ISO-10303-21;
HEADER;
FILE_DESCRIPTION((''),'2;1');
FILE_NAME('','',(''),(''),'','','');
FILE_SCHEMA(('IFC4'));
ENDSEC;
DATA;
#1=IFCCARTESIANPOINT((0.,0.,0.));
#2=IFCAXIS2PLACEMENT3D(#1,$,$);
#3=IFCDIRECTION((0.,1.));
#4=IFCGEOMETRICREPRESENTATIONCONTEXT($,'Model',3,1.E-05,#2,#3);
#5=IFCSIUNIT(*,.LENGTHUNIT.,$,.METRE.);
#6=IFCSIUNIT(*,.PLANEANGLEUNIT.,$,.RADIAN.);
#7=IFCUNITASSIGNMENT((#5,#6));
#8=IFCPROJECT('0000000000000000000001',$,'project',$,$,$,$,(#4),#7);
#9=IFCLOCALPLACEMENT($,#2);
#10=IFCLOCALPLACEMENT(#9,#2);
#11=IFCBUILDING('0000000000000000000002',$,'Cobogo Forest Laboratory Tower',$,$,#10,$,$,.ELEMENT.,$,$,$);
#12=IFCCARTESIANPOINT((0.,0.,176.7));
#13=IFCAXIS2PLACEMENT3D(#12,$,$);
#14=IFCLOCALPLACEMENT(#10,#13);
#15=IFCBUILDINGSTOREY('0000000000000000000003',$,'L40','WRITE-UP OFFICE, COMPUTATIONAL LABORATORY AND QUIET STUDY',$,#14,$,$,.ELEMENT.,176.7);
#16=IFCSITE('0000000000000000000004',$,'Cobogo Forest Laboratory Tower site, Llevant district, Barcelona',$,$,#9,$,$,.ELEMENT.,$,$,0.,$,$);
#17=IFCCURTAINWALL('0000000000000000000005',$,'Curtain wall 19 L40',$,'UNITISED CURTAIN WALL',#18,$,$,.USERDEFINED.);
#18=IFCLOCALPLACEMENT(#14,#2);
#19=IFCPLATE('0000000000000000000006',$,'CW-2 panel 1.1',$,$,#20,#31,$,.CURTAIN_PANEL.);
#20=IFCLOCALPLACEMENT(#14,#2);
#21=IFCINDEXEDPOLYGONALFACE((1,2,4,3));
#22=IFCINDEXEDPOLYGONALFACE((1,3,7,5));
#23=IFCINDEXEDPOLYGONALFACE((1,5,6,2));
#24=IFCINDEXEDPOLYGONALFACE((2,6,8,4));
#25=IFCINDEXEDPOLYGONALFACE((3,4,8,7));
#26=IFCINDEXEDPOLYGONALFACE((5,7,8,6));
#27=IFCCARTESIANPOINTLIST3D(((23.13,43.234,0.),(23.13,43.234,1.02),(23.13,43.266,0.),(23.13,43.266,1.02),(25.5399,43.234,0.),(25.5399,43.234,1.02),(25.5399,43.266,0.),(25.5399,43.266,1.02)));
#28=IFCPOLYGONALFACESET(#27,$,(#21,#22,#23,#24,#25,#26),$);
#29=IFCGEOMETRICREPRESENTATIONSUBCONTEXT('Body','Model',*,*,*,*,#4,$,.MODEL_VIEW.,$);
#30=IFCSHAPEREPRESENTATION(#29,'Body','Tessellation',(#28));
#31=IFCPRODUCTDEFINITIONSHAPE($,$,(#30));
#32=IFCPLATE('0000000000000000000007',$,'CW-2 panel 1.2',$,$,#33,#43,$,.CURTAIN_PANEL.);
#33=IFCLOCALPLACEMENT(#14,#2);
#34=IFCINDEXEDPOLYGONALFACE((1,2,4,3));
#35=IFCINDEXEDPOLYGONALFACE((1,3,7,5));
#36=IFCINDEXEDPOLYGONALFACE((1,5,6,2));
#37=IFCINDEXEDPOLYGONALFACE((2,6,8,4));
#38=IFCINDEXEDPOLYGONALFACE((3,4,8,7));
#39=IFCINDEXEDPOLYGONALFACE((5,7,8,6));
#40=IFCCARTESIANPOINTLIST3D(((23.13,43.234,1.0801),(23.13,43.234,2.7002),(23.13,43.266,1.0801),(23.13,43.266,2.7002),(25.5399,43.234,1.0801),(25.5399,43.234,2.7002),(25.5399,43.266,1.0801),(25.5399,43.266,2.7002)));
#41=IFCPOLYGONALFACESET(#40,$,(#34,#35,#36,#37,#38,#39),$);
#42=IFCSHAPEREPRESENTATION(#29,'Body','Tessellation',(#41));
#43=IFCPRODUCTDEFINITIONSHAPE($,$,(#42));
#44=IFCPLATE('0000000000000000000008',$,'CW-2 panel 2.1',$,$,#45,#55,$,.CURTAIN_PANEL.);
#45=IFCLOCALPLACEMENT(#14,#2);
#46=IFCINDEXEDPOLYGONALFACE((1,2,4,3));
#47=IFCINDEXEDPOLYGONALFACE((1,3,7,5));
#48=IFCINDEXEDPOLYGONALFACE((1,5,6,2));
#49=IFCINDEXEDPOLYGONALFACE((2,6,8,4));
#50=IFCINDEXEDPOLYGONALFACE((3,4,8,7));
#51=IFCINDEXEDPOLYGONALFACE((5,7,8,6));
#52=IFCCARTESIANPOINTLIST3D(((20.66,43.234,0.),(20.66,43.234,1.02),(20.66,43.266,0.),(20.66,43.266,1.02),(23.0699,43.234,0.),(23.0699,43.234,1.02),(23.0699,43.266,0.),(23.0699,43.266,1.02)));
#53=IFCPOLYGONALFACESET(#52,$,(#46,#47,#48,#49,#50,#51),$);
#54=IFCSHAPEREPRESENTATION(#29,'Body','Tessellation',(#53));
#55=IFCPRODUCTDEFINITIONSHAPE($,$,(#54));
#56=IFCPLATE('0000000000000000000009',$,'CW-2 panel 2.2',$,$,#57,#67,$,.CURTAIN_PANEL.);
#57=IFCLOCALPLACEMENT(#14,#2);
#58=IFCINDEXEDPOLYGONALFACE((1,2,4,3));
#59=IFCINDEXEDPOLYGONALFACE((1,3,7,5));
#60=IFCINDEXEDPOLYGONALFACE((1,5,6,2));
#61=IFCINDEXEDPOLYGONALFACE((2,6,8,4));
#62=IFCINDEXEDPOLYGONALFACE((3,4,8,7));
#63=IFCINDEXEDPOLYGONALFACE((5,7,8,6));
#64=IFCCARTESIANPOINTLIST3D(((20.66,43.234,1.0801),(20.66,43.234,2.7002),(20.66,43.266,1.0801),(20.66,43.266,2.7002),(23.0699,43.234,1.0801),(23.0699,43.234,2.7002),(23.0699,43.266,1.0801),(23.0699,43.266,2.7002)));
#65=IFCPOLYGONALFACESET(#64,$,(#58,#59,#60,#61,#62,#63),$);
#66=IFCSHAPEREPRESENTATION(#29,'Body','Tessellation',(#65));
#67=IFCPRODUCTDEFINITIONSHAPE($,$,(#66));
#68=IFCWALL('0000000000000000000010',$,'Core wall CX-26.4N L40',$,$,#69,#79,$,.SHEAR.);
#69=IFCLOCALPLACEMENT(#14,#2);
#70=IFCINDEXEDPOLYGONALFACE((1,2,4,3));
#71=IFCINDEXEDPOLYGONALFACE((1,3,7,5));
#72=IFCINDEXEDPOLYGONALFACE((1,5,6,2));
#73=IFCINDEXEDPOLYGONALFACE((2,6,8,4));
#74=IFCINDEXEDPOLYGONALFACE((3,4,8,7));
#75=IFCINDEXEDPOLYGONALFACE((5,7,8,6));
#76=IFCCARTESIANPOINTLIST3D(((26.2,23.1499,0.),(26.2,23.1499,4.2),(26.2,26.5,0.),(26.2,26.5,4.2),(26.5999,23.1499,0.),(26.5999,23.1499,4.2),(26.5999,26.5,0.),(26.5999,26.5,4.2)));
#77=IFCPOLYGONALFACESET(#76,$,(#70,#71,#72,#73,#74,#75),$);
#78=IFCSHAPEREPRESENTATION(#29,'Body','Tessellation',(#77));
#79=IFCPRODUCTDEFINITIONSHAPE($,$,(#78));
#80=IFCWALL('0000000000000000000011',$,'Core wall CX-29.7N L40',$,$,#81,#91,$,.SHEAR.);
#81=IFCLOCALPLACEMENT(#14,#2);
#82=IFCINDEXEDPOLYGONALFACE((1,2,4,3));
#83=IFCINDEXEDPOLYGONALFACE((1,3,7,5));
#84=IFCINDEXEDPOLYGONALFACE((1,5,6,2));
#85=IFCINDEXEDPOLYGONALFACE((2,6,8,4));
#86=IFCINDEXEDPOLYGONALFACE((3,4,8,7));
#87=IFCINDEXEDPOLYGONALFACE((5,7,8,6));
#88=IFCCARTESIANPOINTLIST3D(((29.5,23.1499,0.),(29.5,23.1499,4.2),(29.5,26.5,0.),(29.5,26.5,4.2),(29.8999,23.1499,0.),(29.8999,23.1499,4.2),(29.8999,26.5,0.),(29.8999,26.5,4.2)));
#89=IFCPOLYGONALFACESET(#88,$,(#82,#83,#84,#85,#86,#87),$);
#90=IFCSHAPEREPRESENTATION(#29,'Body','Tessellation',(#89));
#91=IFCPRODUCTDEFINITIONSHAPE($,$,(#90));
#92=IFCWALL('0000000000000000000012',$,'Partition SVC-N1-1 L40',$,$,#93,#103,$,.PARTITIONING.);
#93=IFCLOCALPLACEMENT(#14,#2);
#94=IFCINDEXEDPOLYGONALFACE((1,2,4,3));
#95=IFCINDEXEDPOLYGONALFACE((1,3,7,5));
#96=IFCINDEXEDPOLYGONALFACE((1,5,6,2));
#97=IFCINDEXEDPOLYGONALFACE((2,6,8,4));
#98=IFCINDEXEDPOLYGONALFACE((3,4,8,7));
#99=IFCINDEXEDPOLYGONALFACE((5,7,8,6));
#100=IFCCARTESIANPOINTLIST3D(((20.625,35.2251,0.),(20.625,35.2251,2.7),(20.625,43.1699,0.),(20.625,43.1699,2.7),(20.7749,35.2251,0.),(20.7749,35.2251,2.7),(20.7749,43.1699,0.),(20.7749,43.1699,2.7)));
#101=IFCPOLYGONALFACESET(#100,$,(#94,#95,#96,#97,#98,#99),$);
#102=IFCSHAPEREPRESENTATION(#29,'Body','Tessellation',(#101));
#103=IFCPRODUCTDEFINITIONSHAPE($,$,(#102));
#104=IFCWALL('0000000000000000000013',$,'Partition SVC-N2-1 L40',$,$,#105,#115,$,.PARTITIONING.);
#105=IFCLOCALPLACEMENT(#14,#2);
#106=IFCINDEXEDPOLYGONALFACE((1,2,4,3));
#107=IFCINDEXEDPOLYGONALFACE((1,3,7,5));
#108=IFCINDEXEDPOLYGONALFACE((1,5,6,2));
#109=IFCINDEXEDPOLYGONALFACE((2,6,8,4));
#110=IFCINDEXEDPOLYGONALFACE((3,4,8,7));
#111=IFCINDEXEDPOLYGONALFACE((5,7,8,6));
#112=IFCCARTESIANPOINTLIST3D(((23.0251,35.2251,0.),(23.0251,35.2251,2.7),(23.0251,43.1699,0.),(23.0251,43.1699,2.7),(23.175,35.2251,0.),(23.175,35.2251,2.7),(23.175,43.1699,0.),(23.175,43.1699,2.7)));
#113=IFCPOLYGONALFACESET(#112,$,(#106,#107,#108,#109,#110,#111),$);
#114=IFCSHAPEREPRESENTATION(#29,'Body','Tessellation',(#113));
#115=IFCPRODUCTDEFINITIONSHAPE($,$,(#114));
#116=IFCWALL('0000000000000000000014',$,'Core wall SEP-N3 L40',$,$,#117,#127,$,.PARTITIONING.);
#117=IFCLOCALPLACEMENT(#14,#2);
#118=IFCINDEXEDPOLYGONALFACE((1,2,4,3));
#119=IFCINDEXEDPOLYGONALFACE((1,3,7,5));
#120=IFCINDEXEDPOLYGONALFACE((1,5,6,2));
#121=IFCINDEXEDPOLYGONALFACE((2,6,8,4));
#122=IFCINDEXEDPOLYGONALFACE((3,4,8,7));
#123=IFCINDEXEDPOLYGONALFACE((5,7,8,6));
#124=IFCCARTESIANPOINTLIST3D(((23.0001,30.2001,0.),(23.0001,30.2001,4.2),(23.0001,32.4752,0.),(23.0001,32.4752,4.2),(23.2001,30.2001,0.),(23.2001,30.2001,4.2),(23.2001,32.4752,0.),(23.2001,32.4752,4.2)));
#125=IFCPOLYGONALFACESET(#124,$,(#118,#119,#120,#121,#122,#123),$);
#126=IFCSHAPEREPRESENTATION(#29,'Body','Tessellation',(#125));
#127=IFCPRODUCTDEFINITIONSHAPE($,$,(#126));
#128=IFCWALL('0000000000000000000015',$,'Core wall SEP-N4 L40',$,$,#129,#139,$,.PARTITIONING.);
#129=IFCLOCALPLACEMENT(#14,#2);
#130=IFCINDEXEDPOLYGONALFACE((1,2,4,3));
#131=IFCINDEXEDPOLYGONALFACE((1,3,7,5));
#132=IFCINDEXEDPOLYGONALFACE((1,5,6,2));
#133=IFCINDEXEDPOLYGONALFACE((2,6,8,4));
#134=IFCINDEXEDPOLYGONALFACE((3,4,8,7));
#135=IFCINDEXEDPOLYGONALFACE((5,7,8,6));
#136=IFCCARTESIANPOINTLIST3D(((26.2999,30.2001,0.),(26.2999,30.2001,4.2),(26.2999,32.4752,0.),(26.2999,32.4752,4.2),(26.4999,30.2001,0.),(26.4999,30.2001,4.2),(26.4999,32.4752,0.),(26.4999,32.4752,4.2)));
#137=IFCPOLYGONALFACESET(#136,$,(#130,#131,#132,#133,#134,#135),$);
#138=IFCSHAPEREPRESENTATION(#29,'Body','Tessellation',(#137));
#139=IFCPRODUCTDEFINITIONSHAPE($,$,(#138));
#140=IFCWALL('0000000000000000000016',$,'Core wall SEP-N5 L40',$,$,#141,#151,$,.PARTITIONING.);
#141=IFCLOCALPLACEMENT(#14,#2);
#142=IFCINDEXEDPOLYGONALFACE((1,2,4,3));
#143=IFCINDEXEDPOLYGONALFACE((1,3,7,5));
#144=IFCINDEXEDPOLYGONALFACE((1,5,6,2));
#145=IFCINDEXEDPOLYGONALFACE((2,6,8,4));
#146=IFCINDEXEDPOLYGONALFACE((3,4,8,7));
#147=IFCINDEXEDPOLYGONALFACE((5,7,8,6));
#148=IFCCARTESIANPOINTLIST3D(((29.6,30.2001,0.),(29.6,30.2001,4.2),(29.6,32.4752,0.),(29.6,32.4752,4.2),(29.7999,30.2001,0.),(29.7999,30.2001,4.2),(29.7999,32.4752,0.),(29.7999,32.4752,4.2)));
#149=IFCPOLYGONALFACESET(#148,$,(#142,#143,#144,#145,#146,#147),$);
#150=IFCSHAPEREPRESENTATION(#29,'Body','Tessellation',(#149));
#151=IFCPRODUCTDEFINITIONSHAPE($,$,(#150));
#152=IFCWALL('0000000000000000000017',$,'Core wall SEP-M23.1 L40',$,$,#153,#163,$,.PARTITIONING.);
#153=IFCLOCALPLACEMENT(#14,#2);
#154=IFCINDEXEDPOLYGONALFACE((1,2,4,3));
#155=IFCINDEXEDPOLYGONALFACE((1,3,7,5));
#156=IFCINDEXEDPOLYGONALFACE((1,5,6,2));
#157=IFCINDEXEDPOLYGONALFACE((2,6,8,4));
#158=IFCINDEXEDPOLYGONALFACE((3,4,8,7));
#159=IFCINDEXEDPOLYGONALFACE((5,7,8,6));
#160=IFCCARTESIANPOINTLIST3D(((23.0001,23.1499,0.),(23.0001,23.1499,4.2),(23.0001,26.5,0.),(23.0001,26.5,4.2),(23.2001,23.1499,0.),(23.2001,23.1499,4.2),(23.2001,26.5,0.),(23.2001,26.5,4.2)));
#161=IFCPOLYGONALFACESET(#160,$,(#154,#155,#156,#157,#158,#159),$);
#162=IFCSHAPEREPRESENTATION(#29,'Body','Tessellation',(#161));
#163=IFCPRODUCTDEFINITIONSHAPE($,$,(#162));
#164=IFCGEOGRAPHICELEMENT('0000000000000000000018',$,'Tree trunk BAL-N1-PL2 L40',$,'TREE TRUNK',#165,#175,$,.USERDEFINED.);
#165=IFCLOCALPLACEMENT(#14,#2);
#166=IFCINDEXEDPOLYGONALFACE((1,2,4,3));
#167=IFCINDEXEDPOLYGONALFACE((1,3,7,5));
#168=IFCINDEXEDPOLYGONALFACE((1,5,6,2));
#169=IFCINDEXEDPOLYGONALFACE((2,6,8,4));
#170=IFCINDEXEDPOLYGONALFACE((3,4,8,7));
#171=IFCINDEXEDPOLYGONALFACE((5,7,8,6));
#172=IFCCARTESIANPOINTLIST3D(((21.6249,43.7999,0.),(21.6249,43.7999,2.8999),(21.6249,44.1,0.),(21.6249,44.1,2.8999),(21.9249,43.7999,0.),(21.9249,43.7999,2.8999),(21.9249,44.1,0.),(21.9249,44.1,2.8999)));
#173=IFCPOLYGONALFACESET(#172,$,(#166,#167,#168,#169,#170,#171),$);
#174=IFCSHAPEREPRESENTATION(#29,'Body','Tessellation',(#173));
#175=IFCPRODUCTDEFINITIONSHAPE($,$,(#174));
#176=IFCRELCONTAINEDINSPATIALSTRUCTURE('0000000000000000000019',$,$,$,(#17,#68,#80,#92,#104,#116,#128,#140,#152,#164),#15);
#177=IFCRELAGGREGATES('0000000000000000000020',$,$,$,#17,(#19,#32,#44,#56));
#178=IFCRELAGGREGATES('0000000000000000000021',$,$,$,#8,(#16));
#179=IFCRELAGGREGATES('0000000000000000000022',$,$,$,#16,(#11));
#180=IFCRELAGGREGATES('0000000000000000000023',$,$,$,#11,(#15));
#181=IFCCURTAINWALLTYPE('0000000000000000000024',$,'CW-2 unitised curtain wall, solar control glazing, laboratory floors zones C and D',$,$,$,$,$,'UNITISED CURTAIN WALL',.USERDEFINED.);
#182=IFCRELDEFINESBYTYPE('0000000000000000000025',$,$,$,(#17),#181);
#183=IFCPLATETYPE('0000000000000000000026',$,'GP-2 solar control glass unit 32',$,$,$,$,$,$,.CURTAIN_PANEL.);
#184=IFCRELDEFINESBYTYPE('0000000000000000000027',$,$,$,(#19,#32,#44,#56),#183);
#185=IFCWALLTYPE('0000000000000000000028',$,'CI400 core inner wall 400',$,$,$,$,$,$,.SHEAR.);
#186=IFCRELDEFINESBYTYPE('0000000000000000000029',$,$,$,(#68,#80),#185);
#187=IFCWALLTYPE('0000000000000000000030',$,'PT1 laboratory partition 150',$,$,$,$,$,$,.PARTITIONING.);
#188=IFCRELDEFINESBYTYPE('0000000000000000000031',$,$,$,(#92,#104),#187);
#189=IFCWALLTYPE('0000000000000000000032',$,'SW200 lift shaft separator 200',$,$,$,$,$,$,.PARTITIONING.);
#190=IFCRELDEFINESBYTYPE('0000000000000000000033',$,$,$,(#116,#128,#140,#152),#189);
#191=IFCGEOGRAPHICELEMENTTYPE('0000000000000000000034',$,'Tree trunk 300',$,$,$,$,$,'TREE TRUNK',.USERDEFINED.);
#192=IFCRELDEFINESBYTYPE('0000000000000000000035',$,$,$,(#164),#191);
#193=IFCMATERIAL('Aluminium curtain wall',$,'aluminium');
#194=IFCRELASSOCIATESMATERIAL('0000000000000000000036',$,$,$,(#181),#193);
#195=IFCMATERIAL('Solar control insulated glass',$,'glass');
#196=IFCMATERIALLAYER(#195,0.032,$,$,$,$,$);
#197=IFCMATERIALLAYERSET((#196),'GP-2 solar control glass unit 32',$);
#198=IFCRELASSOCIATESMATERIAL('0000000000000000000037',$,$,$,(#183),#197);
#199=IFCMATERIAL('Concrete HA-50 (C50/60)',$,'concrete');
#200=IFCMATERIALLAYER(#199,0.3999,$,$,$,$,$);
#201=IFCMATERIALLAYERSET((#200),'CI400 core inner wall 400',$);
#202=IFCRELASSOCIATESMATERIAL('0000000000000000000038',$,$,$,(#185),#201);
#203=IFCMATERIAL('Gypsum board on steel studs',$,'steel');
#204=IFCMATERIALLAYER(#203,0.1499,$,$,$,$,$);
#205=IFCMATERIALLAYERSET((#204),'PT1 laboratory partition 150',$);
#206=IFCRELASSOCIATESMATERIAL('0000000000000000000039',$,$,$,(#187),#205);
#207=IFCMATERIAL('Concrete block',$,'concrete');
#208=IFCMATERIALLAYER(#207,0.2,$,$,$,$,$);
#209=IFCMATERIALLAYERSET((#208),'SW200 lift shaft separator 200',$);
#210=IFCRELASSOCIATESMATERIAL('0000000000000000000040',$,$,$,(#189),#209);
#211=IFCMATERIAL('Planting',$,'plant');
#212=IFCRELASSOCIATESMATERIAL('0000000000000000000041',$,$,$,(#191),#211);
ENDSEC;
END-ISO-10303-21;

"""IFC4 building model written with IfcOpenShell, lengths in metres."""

from ifc_helpers import new_model, si_unit, direction, frame, frame_2d, origin, origin_2d, place, context, subcontext, project, spatial, rectangle, extrude, material, layer, layer_set, type_object, element, aggregate, save


model = new_model("IFC4")

# Units and contexts
model_context = context("Model", 3, precision=1e-05, world=origin(), true_north=direction((0.0, 1.0)))
body_context = subcontext(model_context, "Body", "Model", "MODEL_VIEW")
ifc_project = project(units=[si_unit("LENGTHUNIT", "METRE"), si_unit("PLANEANGLEUNIT", "RADIAN")], contexts=[model_context])

# Site, building, storey
site_placement = place(None, origin())
site = spatial("IfcSite", under=ifc_project, at=site_placement, Name="Cobogo Forest Laboratory Tower site, Llevant district, Barcelona", CompositionType="ELEMENT", RefElevation=0.0)
building_placement = place(site_placement, origin())
building = spatial("IfcBuilding", under=site, at=building_placement, Name="Cobogo Forest Laboratory Tower", CompositionType="ELEMENT")
storey_placement = place(building_placement, frame((0.0, 0.0, 176.7)))
storey = spatial("IfcBuildingStorey", under=building, at=storey_placement, Name="L40", Description="WRITE-UP OFFICE, COMPUTATIONAL LABORATORY AND QUIET STUDY", CompositionType="ELEMENT", Elevation=176.7)

# Shared definitions
ifc_material_1 = material(Name="Concrete HA-50 (C50/60)", Category="concrete")

# Curtain wall
ifc_material_2 = material(Name="Aluminium curtain wall", Category="aluminium")
curtain_wall_type = type_object("IfcCurtainWallType", Name="CW-2 unitised curtain wall, solar control glazing, laboratory floors zones C and D", ElementType="UNITISED CURTAIN WALL", PredefinedType="USERDEFINED", material=ifc_material_2)
curtain_wall_1_placement = place(storey_placement, origin())
curtain_wall_1 = element("IfcCurtainWall", 1, at=curtain_wall_1_placement, inside=storey, type_object=curtain_wall_type, Name="Curtain wall 19 L40", ObjectType="UNITISED CURTAIN WALL", PredefinedType="USERDEFINED")

# Plates
ifc_material_3 = material(Name="Solar control insulated glass", Category="glass")
ifc_layer_1 = layer(ifc_material_3, 0.032)
ifc_layer_set_1 = layer_set([ifc_layer_1], Name="GP-2 solar control glass unit 32")
plate_type_1 = type_object("IfcPlateType", Name="GP-2 solar control glass unit 32", PredefinedType="CURTAIN_PANEL", material=ifc_layer_set_1)
plate_1_placement = place(storey_placement, frame((24.335, 43.25, 0.0), z_axis=(0.0, 0.0, 1.0), x_axis=(-1.0, 0.0, 0.0)))
plate_1 = element("IfcPlate", 2, at=plate_1_placement, type_object=plate_type_1, Name="CW-2 panel 1.1", PredefinedType="CURTAIN_PANEL", context=body_context, shape_type="SweptSolid", body=[
    extrude(rectangle(XDim=2.4099, YDim=0.032, at=origin_2d()), origin(), (0.0, 0.0, 1.0), 1.02),
])
plate_2_placement = place(storey_placement, frame((24.335, 43.25, 1.0801), z_axis=(0.0, 0.0, 1.0), x_axis=(-1.0, 0.0, 0.0)))
plate_2 = element("IfcPlate", 3, at=plate_2_placement, type_object=plate_type_1, Name="CW-2 panel 1.2", PredefinedType="CURTAIN_PANEL", context=body_context, shape_type="SweptSolid", body=[
    extrude(rectangle(XDim=2.4099, YDim=0.032, at=origin_2d()), origin(), (0.0, 0.0, 1.0), 1.6201),
])
plate_3_placement = place(storey_placement, frame((21.865, 43.25, 0.0), z_axis=(0.0, 0.0, 1.0), x_axis=(-1.0, 0.0, 0.0)))
plate_3 = element("IfcPlate", 4, at=plate_3_placement, type_object=plate_type_1, Name="CW-2 panel 2.1", PredefinedType="CURTAIN_PANEL", context=body_context, shape_type="SweptSolid", body=[
    extrude(rectangle(XDim=2.4099, YDim=0.032, at=origin_2d()), origin(), (0.0, 0.0, 1.0), 1.02),
])
plate_4_placement = place(storey_placement, frame((21.865, 43.25, 1.0801), z_axis=(0.0, 0.0, 1.0), x_axis=(-1.0, 0.0, 0.0)))
plate_4 = element("IfcPlate", 5, at=plate_4_placement, type_object=plate_type_1, Name="CW-2 panel 2.2", PredefinedType="CURTAIN_PANEL", context=body_context, shape_type="SweptSolid", body=[
    extrude(rectangle(XDim=2.4099, YDim=0.032, at=origin_2d()), origin(), (0.0, 0.0, 1.0), 1.6201),
])
aggregate(curtain_wall_1, [plate_1, plate_2, plate_3, plate_4])

# Walls
ifc_layer_2 = layer(ifc_material_1, 0.3999)
ifc_layer_set_2 = layer_set([ifc_layer_2], Name="CI400 core inner wall 400")
wall_type_1 = type_object("IfcWallType", Name="CI400 core inner wall 400", PredefinedType="SHEAR", material=ifc_layer_set_2)
for number, where, z_axis, x_axis, name in (
    (6, (26.3999, 23.1499, 0.0), (0.0, 0.0, 1.0), (0.0, 1.0, 0.0), "Core wall CX-26.4N L40"),
    (7, (29.7, 23.1499, 0.0), (0.0, 0.0, 1.0), (0.0, 1.0, 0.0), "Core wall CX-29.7N L40"),
):
    element("IfcWall", number, at=place(storey_placement, frame(where, z_axis=z_axis, x_axis=x_axis)), inside=storey, type_object=wall_type_1, Name=name, PredefinedType="SHEAR", context=body_context, shape_type="SweptSolid", body=[
        extrude(rectangle(XDim=3.3501, YDim=0.3999, at=frame_2d((1.675, 0.0))), origin(), (0.0, 0.0, 1.0), 4.2),
    ])
ifc_material_4 = material(Name="Gypsum board on steel studs", Category="steel")
ifc_layer_3 = layer(ifc_material_4, 0.1499)
ifc_layer_set_3 = layer_set([ifc_layer_3], Name="PT1 laboratory partition 150")
wall_type_2 = type_object("IfcWallType", Name="PT1 laboratory partition 150", PredefinedType="PARTITIONING", material=ifc_layer_set_3)
for number, where, z_axis, x_axis, name in (
    (8, (20.7, 43.1699, 0.0), (0.0, 0.0, 1.0), (0.0, -1.0, 0.0), "Partition SVC-N1-1 L40"),
    (9, (23.1001, 43.1699, 0.0), (0.0, 0.0, 1.0), (0.0, -1.0, 0.0), "Partition SVC-N2-1 L40"),
):
    element("IfcWall", number, at=place(storey_placement, frame(where, z_axis=z_axis, x_axis=x_axis)), inside=storey, type_object=wall_type_2, Name=name, PredefinedType="PARTITIONING", context=body_context, shape_type="SweptSolid", body=[
        extrude(rectangle(XDim=7.9448, YDim=0.1499, at=frame_2d((3.9724, 0.0))), origin(), (0.0, 0.0, 1.0), 2.7),
    ])
ifc_material_5 = material(Name="Concrete block", Category="concrete")
ifc_layer_4 = layer(ifc_material_5, 0.2)
ifc_layer_set_4 = layer_set([ifc_layer_4], Name="SW200 lift shaft separator 200")
wall_type_3 = type_object("IfcWallType", Name="SW200 lift shaft separator 200", PredefinedType="PARTITIONING", material=ifc_layer_set_4)
for number, where, z_axis, x_axis, name in (
    (10, (23.1001, 30.2, 0.0), (0.0, 0.0, 1.0), (0.0, 1.0, 0.0), "Core wall SEP-N3 L40"),
    (11, (26.3999, 30.2, 0.0), (0.0, 0.0, 1.0), (0.0, 1.0, 0.0), "Core wall SEP-N4 L40"),
    (12, (29.7, 30.2, 0.0), (0.0, 0.0, 1.0), (0.0, 1.0, 0.0), "Core wall SEP-N5 L40"),
):
    element("IfcWall", number, at=place(storey_placement, frame(where, z_axis=z_axis, x_axis=x_axis)), inside=storey, type_object=wall_type_3, Name=name, PredefinedType="PARTITIONING", context=body_context, shape_type="SweptSolid", body=[
        extrude(rectangle(XDim=2.2751, YDim=0.2, at=frame_2d((1.1377, 0.0))), origin(), (0.0, 0.0, 1.0), 4.2),
    ])
wall_placement = place(storey_placement, frame((23.1001, 23.1499, 0.0), z_axis=(0.0, 0.0, 1.0), x_axis=(0.0, 1.0, 0.0)))
element("IfcWall", 13, at=wall_placement, inside=storey, type_object=wall_type_3, Name="Core wall SEP-M23.1 L40", PredefinedType="PARTITIONING", context=body_context, shape_type="SweptSolid", body=[
    extrude(rectangle(XDim=3.3501, YDim=0.2, at=frame_2d((1.675, 0.0))), origin(), (0.0, 0.0, 1.0), 4.2),
])

# Geographic element
ifc_material_6 = material(Name="Planting", Category="plant")
geographic_element_type = type_object("IfcGeographicElementType", Name="Tree trunk 300", ElementType="TREE TRUNK", PredefinedType="USERDEFINED", material=ifc_material_6)
geographic_element_placement = place(storey_placement, frame((21.7749, 43.95, 0.0), z_axis=(0.0, 0.0, 1.0), x_axis=(1.0, 0.0, 0.0)))
element("IfcGeographicElement", 14, at=geographic_element_placement, inside=storey, type_object=geographic_element_type, Name="Tree trunk BAL-N1-PL2 L40", ObjectType="TREE TRUNK", PredefinedType="USERDEFINED", context=body_context, shape_type="SweptSolid", body=[
    extrude(rectangle(XDim=0.3, YDim=0.3, at=origin_2d()), origin(), (0.0, 0.0, 1.0), 2.8999),
])

save(model, "model.ifc")
